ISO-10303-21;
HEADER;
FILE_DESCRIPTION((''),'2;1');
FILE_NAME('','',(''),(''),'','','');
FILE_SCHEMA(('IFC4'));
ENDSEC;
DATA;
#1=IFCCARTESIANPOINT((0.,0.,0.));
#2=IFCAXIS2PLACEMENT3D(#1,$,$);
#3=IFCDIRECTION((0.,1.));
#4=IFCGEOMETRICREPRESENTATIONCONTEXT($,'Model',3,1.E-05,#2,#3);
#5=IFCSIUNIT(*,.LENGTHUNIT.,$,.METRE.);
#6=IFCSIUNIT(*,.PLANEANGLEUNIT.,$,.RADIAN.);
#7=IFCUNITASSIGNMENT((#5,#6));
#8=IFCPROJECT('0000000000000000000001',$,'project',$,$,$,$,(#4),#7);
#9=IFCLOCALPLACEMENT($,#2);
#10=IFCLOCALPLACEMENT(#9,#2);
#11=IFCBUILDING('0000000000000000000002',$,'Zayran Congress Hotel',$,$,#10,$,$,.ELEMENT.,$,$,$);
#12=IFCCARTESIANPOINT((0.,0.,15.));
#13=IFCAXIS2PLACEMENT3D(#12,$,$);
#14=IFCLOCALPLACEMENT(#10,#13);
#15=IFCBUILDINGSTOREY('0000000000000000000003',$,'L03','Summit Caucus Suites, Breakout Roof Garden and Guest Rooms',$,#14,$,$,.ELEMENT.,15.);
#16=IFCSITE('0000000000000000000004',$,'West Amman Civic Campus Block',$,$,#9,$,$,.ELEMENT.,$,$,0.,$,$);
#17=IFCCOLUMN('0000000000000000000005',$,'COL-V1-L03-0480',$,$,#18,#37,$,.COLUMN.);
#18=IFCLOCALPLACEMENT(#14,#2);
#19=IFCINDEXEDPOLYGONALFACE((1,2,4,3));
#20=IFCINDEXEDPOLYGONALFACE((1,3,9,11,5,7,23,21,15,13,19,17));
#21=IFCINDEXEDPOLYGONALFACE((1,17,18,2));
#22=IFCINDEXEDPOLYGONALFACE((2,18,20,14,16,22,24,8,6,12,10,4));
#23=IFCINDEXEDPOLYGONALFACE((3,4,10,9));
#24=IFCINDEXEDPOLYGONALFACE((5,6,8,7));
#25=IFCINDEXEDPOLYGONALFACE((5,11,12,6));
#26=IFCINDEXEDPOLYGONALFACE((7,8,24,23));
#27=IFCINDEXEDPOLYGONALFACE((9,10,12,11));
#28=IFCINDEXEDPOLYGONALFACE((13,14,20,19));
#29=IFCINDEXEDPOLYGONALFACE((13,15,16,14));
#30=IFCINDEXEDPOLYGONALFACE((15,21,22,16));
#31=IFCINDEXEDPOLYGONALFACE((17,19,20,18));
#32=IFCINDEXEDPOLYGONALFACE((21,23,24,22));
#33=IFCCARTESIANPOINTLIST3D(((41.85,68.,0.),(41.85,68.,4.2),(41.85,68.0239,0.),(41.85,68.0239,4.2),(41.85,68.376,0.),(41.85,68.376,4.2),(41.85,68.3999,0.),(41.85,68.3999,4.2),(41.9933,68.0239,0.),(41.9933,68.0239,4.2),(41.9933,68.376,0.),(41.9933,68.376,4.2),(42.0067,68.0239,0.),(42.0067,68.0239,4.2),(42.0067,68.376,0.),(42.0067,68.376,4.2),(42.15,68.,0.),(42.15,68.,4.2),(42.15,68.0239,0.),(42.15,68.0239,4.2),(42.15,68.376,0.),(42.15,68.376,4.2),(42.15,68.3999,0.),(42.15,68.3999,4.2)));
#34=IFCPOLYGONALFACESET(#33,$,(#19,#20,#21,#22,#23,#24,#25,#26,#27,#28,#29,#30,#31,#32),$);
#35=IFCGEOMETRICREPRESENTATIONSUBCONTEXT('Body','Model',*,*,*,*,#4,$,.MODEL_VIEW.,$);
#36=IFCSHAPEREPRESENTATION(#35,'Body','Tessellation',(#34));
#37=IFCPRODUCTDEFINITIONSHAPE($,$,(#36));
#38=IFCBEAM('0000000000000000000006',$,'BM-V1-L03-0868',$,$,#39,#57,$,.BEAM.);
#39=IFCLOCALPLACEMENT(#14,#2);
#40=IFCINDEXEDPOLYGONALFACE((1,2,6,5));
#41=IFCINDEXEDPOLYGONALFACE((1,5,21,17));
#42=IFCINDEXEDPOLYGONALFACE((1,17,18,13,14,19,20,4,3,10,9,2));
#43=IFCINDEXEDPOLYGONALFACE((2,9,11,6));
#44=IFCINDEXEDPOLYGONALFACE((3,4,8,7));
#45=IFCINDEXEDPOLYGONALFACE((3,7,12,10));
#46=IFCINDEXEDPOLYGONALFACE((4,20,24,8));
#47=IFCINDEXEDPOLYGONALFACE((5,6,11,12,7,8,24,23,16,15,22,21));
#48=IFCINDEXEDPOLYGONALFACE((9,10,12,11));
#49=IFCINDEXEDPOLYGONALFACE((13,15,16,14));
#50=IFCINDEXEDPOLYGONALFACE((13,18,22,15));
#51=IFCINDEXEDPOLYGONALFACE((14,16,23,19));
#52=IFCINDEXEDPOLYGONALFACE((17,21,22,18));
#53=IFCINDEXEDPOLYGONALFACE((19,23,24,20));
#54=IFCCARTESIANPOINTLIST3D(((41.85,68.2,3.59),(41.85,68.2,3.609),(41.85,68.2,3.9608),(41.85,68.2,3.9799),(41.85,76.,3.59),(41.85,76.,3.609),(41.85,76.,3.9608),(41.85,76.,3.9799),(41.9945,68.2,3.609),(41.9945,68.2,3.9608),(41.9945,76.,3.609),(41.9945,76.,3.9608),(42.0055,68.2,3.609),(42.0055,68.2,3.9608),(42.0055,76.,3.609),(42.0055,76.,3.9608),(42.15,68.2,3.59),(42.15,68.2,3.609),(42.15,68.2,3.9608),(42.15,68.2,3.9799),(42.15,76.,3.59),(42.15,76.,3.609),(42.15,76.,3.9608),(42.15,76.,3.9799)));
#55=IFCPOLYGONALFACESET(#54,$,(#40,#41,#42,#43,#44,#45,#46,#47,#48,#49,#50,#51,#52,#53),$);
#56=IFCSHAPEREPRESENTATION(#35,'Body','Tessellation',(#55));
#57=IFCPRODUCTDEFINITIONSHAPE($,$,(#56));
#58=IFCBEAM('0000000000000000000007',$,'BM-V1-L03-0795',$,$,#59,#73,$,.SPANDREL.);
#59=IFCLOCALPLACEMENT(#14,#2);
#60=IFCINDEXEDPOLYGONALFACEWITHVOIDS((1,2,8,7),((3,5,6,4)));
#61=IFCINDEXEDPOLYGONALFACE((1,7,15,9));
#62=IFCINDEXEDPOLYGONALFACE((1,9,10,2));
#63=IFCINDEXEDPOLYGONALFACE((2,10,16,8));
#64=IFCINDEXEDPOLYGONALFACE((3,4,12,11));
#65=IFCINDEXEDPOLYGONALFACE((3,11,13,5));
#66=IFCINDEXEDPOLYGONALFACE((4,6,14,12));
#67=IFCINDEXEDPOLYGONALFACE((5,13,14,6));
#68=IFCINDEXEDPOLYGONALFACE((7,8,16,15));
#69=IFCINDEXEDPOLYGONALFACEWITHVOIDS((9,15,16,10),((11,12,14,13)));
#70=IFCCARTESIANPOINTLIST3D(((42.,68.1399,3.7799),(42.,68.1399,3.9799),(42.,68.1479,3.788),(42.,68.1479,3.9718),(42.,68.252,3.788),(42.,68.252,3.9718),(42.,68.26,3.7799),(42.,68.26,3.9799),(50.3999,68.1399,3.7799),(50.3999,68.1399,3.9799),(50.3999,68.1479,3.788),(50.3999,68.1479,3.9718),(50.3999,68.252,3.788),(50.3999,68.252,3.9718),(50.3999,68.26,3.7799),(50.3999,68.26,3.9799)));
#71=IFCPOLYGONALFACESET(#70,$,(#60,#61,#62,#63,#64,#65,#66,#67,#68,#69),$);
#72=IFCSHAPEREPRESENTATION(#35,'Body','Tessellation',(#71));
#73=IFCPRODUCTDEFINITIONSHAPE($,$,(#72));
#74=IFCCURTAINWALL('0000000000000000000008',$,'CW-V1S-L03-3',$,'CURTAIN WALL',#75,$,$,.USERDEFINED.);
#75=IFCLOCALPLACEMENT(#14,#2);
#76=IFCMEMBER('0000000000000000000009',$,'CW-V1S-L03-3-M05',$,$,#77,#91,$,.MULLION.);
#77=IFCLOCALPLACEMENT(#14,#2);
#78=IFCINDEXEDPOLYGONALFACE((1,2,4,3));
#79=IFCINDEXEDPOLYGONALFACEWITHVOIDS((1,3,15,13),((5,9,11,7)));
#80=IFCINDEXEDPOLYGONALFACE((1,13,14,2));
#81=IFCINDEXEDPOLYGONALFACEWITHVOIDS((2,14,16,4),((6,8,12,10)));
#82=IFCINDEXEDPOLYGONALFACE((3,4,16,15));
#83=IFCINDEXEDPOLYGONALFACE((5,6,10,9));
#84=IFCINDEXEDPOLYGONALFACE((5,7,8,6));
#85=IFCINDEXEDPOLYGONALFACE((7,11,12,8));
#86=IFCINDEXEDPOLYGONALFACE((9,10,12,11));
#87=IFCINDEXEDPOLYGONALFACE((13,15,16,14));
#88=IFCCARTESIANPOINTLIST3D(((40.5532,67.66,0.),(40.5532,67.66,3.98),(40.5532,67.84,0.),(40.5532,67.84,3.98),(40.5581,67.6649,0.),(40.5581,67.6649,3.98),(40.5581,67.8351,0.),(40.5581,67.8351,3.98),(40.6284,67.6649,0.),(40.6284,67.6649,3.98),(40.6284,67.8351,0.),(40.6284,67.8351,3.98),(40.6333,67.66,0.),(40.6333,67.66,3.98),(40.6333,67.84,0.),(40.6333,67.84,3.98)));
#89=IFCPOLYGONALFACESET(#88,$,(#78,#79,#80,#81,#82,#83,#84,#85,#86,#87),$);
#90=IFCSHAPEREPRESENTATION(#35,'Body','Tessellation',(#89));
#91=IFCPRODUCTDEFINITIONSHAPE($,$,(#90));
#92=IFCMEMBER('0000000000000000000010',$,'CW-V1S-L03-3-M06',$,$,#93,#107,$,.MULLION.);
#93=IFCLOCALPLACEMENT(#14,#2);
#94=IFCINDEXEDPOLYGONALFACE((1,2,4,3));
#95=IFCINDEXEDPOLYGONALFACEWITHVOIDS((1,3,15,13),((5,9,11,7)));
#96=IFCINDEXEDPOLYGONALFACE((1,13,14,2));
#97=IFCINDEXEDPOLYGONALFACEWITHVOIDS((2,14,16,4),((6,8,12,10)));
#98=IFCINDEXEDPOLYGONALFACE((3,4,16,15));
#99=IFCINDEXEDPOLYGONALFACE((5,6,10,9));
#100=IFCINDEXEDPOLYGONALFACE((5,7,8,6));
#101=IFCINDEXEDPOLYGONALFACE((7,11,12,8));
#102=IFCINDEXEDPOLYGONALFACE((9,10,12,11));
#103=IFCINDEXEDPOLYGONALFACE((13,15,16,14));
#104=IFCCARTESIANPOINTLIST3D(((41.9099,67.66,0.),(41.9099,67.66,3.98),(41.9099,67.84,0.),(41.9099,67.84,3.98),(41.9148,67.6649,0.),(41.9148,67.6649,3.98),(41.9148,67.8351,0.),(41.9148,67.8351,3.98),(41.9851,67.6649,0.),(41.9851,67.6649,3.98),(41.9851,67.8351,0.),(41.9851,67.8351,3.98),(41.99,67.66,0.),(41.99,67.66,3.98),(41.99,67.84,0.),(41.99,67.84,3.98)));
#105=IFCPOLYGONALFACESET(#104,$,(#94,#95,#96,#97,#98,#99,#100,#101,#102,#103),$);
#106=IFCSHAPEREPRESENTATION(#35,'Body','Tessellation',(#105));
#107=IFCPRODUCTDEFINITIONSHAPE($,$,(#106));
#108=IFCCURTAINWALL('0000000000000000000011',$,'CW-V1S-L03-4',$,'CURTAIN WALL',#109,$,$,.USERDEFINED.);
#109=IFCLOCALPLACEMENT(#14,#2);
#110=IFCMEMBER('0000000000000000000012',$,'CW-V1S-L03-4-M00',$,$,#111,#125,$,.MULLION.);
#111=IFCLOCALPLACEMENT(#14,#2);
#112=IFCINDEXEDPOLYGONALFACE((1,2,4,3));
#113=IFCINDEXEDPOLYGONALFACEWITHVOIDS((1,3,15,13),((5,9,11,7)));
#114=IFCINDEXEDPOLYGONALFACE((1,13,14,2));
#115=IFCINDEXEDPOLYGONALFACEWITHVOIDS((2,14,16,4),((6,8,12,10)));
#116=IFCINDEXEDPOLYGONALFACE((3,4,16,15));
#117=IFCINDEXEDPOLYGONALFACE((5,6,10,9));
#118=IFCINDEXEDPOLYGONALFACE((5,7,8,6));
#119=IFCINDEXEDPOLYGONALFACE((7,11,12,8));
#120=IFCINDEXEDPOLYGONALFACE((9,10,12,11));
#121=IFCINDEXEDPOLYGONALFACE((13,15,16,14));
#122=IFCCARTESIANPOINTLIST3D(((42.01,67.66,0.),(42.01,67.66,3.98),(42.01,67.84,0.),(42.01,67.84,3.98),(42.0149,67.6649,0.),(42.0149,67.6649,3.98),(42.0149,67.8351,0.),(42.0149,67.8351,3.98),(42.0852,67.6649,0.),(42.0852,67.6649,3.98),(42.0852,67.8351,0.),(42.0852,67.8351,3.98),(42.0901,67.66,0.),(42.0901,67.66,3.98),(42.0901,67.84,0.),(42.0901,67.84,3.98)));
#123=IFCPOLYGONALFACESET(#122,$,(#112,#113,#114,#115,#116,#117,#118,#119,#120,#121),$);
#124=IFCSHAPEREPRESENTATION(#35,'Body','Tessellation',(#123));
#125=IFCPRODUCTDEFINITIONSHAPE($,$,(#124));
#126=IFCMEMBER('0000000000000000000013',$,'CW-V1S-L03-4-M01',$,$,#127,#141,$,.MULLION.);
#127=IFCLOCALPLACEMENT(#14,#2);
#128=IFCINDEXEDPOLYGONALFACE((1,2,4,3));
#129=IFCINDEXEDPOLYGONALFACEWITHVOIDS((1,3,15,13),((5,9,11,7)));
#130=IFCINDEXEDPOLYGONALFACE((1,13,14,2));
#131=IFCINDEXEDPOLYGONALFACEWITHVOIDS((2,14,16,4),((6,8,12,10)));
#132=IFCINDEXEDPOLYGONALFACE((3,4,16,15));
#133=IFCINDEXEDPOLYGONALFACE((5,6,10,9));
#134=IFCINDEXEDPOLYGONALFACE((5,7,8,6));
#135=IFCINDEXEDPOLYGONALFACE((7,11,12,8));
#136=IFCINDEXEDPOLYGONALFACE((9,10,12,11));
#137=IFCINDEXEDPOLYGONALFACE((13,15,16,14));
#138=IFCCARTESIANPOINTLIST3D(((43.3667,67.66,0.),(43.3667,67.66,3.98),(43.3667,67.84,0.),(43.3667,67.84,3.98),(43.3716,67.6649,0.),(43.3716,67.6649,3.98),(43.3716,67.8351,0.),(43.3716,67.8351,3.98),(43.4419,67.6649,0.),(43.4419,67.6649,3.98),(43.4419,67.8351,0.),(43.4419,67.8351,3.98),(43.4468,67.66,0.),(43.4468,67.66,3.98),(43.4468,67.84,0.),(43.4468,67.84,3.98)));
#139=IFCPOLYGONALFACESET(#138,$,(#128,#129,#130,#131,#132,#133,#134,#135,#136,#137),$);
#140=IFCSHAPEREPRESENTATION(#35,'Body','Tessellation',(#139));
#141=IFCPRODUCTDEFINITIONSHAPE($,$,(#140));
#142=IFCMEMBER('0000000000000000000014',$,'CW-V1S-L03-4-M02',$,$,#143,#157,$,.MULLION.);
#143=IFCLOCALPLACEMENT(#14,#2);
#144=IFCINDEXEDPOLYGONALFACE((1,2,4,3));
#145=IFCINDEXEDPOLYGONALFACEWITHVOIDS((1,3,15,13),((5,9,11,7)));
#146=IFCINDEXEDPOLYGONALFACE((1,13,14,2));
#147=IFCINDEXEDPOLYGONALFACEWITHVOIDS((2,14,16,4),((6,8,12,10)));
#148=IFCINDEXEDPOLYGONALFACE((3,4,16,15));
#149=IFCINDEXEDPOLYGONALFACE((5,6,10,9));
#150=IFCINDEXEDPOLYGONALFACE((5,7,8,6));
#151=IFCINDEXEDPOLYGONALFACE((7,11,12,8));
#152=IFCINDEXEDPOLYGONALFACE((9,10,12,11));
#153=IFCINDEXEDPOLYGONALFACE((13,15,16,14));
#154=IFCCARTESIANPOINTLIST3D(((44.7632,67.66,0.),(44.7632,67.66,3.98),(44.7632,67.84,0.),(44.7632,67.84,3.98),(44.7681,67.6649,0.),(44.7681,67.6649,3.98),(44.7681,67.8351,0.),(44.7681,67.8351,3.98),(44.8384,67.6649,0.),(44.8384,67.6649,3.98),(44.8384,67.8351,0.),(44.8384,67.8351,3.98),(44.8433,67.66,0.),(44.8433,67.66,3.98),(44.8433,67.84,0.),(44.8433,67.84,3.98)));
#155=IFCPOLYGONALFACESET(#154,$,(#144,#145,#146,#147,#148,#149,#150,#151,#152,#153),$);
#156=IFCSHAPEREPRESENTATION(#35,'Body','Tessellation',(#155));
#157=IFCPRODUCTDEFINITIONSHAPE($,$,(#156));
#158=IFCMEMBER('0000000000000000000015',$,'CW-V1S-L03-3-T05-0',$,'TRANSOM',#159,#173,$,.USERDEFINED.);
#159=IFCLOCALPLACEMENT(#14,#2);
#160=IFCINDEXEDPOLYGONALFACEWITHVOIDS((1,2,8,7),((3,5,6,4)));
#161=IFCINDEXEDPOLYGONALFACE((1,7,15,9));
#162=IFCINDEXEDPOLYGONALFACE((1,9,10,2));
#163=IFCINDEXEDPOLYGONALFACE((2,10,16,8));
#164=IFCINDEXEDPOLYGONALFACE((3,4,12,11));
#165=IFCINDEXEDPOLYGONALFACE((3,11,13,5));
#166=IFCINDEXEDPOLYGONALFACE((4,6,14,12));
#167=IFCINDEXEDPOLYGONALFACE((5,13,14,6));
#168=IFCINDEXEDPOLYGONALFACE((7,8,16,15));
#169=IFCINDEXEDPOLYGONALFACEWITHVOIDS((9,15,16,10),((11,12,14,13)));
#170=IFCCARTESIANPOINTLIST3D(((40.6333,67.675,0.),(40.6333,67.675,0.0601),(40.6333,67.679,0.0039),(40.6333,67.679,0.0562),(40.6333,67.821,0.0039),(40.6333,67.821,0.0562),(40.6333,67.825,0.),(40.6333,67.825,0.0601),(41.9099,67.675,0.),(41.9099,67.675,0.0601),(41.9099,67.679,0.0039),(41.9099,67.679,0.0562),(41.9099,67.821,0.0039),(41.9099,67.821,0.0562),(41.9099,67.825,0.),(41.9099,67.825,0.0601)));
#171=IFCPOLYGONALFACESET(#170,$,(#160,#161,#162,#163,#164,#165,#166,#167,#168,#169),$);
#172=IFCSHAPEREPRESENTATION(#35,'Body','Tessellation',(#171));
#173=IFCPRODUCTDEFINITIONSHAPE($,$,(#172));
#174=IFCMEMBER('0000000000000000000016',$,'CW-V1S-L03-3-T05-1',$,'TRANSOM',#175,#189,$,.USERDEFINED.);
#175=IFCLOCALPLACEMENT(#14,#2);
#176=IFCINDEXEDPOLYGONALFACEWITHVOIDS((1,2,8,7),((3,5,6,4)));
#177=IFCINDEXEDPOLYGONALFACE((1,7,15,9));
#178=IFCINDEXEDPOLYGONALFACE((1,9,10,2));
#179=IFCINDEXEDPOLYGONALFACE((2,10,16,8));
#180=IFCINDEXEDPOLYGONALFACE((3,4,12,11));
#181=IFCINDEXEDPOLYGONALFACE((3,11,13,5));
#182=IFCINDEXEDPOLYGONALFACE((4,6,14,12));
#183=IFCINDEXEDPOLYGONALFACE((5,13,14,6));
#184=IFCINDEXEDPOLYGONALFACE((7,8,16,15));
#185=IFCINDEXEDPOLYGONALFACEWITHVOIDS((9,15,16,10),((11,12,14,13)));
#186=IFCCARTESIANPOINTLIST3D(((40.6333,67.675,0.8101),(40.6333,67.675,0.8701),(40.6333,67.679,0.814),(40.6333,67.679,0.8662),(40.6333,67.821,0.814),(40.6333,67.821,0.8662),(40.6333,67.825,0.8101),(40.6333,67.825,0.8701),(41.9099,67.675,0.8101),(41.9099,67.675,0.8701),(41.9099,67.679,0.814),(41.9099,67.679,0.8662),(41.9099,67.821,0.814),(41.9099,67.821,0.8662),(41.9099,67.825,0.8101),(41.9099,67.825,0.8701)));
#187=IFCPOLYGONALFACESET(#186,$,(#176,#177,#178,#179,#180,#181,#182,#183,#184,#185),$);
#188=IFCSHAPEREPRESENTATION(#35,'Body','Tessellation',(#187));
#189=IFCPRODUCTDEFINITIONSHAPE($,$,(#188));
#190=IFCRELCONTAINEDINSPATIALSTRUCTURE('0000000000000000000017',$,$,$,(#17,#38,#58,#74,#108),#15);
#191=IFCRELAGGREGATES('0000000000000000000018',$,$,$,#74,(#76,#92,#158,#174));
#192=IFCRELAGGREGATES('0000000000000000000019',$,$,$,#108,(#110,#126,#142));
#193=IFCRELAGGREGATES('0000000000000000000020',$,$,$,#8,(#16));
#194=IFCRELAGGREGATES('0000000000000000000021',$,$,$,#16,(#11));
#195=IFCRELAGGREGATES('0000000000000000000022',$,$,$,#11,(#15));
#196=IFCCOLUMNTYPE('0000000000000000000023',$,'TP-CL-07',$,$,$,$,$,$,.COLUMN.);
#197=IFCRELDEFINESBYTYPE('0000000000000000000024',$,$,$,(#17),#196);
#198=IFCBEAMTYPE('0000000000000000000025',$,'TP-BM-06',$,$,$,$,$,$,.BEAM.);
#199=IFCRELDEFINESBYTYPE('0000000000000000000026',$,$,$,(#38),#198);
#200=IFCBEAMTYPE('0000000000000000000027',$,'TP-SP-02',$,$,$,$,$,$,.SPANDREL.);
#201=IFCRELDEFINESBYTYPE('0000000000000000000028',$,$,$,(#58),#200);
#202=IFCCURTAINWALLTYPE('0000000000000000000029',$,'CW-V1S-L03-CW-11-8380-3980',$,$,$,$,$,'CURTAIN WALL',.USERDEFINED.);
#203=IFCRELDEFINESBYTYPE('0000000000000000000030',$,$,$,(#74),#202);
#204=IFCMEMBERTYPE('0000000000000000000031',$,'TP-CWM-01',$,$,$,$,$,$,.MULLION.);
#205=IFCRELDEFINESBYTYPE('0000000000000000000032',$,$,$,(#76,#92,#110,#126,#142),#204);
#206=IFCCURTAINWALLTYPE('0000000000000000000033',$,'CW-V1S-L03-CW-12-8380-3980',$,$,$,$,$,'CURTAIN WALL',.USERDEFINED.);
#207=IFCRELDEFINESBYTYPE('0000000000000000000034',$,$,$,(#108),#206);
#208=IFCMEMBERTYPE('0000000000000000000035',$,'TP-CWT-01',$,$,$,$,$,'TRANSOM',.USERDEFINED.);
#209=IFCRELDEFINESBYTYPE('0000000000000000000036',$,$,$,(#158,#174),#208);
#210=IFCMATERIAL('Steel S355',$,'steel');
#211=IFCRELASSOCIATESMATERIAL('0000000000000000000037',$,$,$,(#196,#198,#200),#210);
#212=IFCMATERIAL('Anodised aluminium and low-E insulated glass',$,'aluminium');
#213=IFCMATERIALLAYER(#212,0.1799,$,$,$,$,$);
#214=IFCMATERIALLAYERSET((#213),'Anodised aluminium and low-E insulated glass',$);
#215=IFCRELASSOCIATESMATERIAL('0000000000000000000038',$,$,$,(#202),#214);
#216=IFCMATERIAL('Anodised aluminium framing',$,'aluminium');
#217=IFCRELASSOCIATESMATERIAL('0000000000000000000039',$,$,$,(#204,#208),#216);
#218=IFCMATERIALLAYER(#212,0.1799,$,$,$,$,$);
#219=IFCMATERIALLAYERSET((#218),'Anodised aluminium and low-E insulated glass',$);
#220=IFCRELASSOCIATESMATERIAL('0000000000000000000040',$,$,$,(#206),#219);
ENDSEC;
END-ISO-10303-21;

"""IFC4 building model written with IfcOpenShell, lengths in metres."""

from ifc_helpers import new_model, si_unit, direction, frame, origin, origin_2d, place, context, subcontext, project, spatial, hollow_rectangle, i_section, extrude, material, layer, layer_set, material_profile, profile_set, type_object, element, aggregate, save


model = new_model("IFC4")

# Units and contexts
model_context = context("Model", 3, precision=1e-05, world=origin(), true_north=direction((0.0, 1.0)))
body_context = subcontext(model_context, "Body", "Model", "MODEL_VIEW")
ifc_project = project(units=[si_unit("LENGTHUNIT", "METRE"), si_unit("PLANEANGLEUNIT", "RADIAN")], contexts=[model_context])

# Site, building, storey
site_placement = place(None, origin())
site = spatial("IfcSite", under=ifc_project, at=site_placement, Name="West Amman Civic Campus Block", CompositionType="ELEMENT", RefElevation=0.0)
building_placement = place(site_placement, origin())
building = spatial("IfcBuilding", under=site, at=building_placement, Name="Zayran Congress Hotel", CompositionType="ELEMENT")
storey_placement = place(building_placement, frame((0.0, 0.0, 15.0)))
storey = spatial("IfcBuildingStorey", under=building, at=storey_placement, Name="L03", Description="Summit Caucus Suites, Breakout Roof Garden and Guest Rooms", CompositionType="ELEMENT", Elevation=15.0)

# Column
ifc_material_1 = material(Name="Steel S355", Category="steel")
ifc_material_profile_1 = material_profile(ifc_material_1, i_section(OverallWidth=0.3, OverallDepth=0.3999, WebThickness=0.0134, FlangeThickness=0.0239, at=origin_2d()), Name="HEB 400")
ifc_profile_set_1 = profile_set([ifc_material_profile_1], Name="Steel S355")
column_type = type_object("IfcColumnType", Name="TP-CL-07", PredefinedType="COLUMN", material=ifc_profile_set_1)
column_placement = place(storey_placement, frame((42.0, 68.2, 0.0), z_axis=(0.0, 0.0, 1.0), x_axis=(1.0, 0.0, 0.0)))
element("IfcColumn", 1, at=column_placement, inside=storey, type_object=column_type, Name="COL-V1-L03-0480", PredefinedType="COLUMN", context=body_context, shape_type="SweptSolid", body=[
    extrude(i_section(OverallWidth=0.3, OverallDepth=0.3999, WebThickness=0.0134, FlangeThickness=0.0239, at=origin_2d()), origin(), (0.0, 0.0, 1.0), 4.2),
])

# Beams
ifc_material_profile_2 = material_profile(ifc_material_1, i_section(OverallWidth=0.3, OverallDepth=0.3899, WebThickness=0.011, FlangeThickness=0.019, at=origin_2d()), Name="HEA 400")
ifc_profile_set_2 = profile_set([ifc_material_profile_2], Name="Steel S355")
beam_type_1 = type_object("IfcBeamType", Name="TP-BM-06", PredefinedType="BEAM", material=ifc_profile_set_2)
beam_1_placement = place(storey_placement, frame((42.0, 68.2, 3.7849), z_axis=(0.0, 1.0, 0.0), x_axis=(-1.0, 0.0, 0.0)))
element("IfcBeam", 2, at=beam_1_placement, inside=storey, type_object=beam_type_1, Name="BM-V1-L03-0868", PredefinedType="BEAM", context=body_context, shape_type="SweptSolid", body=[
    extrude(i_section(OverallWidth=0.3, OverallDepth=0.3899, WebThickness=0.011, FlangeThickness=0.019, at=origin_2d()), origin(), (0.0, 0.0, 1.0), 7.8),
])
ifc_material_profile_3 = material_profile(ifc_material_1, hollow_rectangle(XDim=0.1201, YDim=0.2, WallThickness=0.0081, at=origin_2d()), Name="RHS 200x120x8")
ifc_profile_set_3 = profile_set([ifc_material_profile_3], Name="Steel S355")
beam_type_2 = type_object("IfcBeamType", Name="TP-SP-02", PredefinedType="SPANDREL", material=ifc_profile_set_3)
beam_2_placement = place(storey_placement, frame((42.0, 68.2, 3.8799), z_axis=(1.0, 0.0, 0.0), x_axis=(0.0, 1.0, 0.0)))
element("IfcBeam", 3, at=beam_2_placement, inside=storey, type_object=beam_type_2, Name="BM-V1-L03-0795", PredefinedType="SPANDREL", context=body_context, shape_type="SweptSolid", body=[
    extrude(hollow_rectangle(XDim=0.1201, YDim=0.2, WallThickness=0.0081, at=origin_2d()), origin(), (0.0, 0.0, 1.0), 8.3999),
])

# Curtain walls, members
ifc_material_2 = material(Name="Anodised aluminium and low-E insulated glass", Category="aluminium")
ifc_layer_1 = layer(ifc_material_2, 0.1799)
ifc_layer_set_1 = layer_set([ifc_layer_1], Name="Anodised aluminium and low-E insulated glass")
curtain_wall_type_1 = type_object("IfcCurtainWallType", Name="CW-V1S-L03-CW-11-8380-3980", ElementType="CURTAIN WALL", PredefinedType="USERDEFINED", material=ifc_layer_set_1)
curtain_wall_1_placement = place(storey_placement, origin())
curtain_wall_1 = element("IfcCurtainWall", 4, at=curtain_wall_1_placement, inside=storey, type_object=curtain_wall_type_1, Name="CW-V1S-L03-3", ObjectType="CURTAIN WALL", PredefinedType="USERDEFINED")
ifc_material_3 = material(Name="Anodised aluminium framing", Category="aluminium")
ifc_material_profile_4 = material_profile(ifc_material_3, hollow_rectangle(XDim=0.0801, YDim=0.1799, WallThickness=0.0049, at=origin_2d()), Name="RHS 180x80x5")
ifc_profile_set_4 = profile_set([ifc_material_profile_4], Name="Anodised aluminium framing")
member_type_1 = type_object("IfcMemberType", Name="TP-CWM-01", PredefinedType="MULLION", material=ifc_profile_set_4)
member_1_placement = place(storey_placement, frame((40.5933, 67.75, 0.0), z_axis=(0.0, 0.0, 1.0), x_axis=(1.0, 0.0, 0.0)))
member_1 = element("IfcMember", 5, at=member_1_placement, type_object=member_type_1, Name="CW-V1S-L03-3-M05", PredefinedType="MULLION", context=body_context, shape_type="SweptSolid", body=[
    extrude(hollow_rectangle(XDim=0.0801, YDim=0.1799, WallThickness=0.0049, at=origin_2d()), origin(), (0.0, 0.0, 1.0), 3.98),
])
member_2_placement = place(storey_placement, frame((41.95, 67.75, 0.0), z_axis=(0.0, 0.0, 1.0), x_axis=(1.0, 0.0, 0.0)))
member_2 = element("IfcMember", 6, at=member_2_placement, type_object=member_type_1, Name="CW-V1S-L03-3-M06", PredefinedType="MULLION", context=body_context, shape_type="SweptSolid", body=[
    extrude(hollow_rectangle(XDim=0.0801, YDim=0.1799, WallThickness=0.0049, at=origin_2d()), origin(), (0.0, 0.0, 1.0), 3.98),
])
ifc_layer_2 = layer(ifc_material_2, 0.1799)
ifc_layer_set_2 = layer_set([ifc_layer_2], Name="Anodised aluminium and low-E insulated glass")
curtain_wall_type_2 = type_object("IfcCurtainWallType", Name="CW-V1S-L03-CW-12-8380-3980", ElementType="CURTAIN WALL", PredefinedType="USERDEFINED", material=ifc_layer_set_2)
curtain_wall_2_placement = place(storey_placement, origin())
curtain_wall_2 = element("IfcCurtainWall", 7, at=curtain_wall_2_placement, inside=storey, type_object=curtain_wall_type_2, Name="CW-V1S-L03-4", ObjectType="CURTAIN WALL", PredefinedType="USERDEFINED")
member_3_placement = place(storey_placement, frame((42.05, 67.75, 0.0), z_axis=(0.0, 0.0, 1.0), x_axis=(1.0, 0.0, 0.0)))
member_3 = element("IfcMember", 8, at=member_3_placement, type_object=member_type_1, Name="CW-V1S-L03-4-M00", PredefinedType="MULLION", context=body_context, shape_type="SweptSolid", body=[
    extrude(hollow_rectangle(XDim=0.0801, YDim=0.1799, WallThickness=0.0049, at=origin_2d()), origin(), (0.0, 0.0, 1.0), 3.98),
])
member_4_placement = place(storey_placement, frame((43.4067, 67.75, 0.0), z_axis=(0.0, 0.0, 1.0), x_axis=(1.0, 0.0, 0.0)))
member_4 = element("IfcMember", 9, at=member_4_placement, type_object=member_type_1, Name="CW-V1S-L03-4-M01", PredefinedType="MULLION", context=body_context, shape_type="SweptSolid", body=[
    extrude(hollow_rectangle(XDim=0.0801, YDim=0.1799, WallThickness=0.0049, at=origin_2d()), origin(), (0.0, 0.0, 1.0), 3.98),
])
member_5_placement = place(storey_placement, frame((44.8032, 67.75, 0.0), z_axis=(0.0, 0.0, 1.0), x_axis=(1.0, 0.0, 0.0)))
member_5 = element("IfcMember", 10, at=member_5_placement, type_object=member_type_1, Name="CW-V1S-L03-4-M02", PredefinedType="MULLION", context=body_context, shape_type="SweptSolid", body=[
    extrude(hollow_rectangle(XDim=0.0801, YDim=0.1799, WallThickness=0.0049, at=origin_2d()), origin(), (0.0, 0.0, 1.0), 3.98),
])

# Members
ifc_material_profile_5 = material_profile(ifc_material_3, hollow_rectangle(XDim=0.0601, YDim=0.1499, WallThickness=0.0039, at=origin_2d()), Name="RHS 150x60x4")
ifc_profile_set_5 = profile_set([ifc_material_profile_5], Name="Anodised aluminium framing")
member_type_2 = type_object("IfcMemberType", Name="TP-CWT-01", ElementType="TRANSOM", PredefinedType="USERDEFINED", material=ifc_profile_set_5)
member_6_placement = place(storey_placement, frame((40.6333, 67.75, 0.03), z_axis=(1.0, 0.0, 0.0), x_axis=(0.0, 0.0, 1.0)))
member_6 = element("IfcMember", 11, at=member_6_placement, type_object=member_type_2, Name="CW-V1S-L03-3-T05-0", ObjectType="TRANSOM", PredefinedType="USERDEFINED", context=body_context, shape_type="SweptSolid", body=[
    extrude(hollow_rectangle(XDim=0.0601, YDim=0.1499, WallThickness=0.0039, at=origin_2d()), origin(), (0.0, 0.0, 1.0), 1.2766),
])
member_7_placement = place(storey_placement, frame((40.6333, 67.75, 0.8401), z_axis=(1.0, 0.0, 0.0), x_axis=(0.0, 0.0, 1.0)))
member_7 = element("IfcMember", 12, at=member_7_placement, type_object=member_type_2, Name="CW-V1S-L03-3-T05-1", ObjectType="TRANSOM", PredefinedType="USERDEFINED", context=body_context, shape_type="SweptSolid", body=[
    extrude(hollow_rectangle(XDim=0.0601, YDim=0.1499, WallThickness=0.0039, at=origin_2d()), origin(), (0.0, 0.0, 1.0), 1.2766),
])

aggregate(curtain_wall_1, [member_1, member_2, member_6, member_7])
aggregate(curtain_wall_2, [member_3, member_4, member_5])

save(model, "model.ifc")
